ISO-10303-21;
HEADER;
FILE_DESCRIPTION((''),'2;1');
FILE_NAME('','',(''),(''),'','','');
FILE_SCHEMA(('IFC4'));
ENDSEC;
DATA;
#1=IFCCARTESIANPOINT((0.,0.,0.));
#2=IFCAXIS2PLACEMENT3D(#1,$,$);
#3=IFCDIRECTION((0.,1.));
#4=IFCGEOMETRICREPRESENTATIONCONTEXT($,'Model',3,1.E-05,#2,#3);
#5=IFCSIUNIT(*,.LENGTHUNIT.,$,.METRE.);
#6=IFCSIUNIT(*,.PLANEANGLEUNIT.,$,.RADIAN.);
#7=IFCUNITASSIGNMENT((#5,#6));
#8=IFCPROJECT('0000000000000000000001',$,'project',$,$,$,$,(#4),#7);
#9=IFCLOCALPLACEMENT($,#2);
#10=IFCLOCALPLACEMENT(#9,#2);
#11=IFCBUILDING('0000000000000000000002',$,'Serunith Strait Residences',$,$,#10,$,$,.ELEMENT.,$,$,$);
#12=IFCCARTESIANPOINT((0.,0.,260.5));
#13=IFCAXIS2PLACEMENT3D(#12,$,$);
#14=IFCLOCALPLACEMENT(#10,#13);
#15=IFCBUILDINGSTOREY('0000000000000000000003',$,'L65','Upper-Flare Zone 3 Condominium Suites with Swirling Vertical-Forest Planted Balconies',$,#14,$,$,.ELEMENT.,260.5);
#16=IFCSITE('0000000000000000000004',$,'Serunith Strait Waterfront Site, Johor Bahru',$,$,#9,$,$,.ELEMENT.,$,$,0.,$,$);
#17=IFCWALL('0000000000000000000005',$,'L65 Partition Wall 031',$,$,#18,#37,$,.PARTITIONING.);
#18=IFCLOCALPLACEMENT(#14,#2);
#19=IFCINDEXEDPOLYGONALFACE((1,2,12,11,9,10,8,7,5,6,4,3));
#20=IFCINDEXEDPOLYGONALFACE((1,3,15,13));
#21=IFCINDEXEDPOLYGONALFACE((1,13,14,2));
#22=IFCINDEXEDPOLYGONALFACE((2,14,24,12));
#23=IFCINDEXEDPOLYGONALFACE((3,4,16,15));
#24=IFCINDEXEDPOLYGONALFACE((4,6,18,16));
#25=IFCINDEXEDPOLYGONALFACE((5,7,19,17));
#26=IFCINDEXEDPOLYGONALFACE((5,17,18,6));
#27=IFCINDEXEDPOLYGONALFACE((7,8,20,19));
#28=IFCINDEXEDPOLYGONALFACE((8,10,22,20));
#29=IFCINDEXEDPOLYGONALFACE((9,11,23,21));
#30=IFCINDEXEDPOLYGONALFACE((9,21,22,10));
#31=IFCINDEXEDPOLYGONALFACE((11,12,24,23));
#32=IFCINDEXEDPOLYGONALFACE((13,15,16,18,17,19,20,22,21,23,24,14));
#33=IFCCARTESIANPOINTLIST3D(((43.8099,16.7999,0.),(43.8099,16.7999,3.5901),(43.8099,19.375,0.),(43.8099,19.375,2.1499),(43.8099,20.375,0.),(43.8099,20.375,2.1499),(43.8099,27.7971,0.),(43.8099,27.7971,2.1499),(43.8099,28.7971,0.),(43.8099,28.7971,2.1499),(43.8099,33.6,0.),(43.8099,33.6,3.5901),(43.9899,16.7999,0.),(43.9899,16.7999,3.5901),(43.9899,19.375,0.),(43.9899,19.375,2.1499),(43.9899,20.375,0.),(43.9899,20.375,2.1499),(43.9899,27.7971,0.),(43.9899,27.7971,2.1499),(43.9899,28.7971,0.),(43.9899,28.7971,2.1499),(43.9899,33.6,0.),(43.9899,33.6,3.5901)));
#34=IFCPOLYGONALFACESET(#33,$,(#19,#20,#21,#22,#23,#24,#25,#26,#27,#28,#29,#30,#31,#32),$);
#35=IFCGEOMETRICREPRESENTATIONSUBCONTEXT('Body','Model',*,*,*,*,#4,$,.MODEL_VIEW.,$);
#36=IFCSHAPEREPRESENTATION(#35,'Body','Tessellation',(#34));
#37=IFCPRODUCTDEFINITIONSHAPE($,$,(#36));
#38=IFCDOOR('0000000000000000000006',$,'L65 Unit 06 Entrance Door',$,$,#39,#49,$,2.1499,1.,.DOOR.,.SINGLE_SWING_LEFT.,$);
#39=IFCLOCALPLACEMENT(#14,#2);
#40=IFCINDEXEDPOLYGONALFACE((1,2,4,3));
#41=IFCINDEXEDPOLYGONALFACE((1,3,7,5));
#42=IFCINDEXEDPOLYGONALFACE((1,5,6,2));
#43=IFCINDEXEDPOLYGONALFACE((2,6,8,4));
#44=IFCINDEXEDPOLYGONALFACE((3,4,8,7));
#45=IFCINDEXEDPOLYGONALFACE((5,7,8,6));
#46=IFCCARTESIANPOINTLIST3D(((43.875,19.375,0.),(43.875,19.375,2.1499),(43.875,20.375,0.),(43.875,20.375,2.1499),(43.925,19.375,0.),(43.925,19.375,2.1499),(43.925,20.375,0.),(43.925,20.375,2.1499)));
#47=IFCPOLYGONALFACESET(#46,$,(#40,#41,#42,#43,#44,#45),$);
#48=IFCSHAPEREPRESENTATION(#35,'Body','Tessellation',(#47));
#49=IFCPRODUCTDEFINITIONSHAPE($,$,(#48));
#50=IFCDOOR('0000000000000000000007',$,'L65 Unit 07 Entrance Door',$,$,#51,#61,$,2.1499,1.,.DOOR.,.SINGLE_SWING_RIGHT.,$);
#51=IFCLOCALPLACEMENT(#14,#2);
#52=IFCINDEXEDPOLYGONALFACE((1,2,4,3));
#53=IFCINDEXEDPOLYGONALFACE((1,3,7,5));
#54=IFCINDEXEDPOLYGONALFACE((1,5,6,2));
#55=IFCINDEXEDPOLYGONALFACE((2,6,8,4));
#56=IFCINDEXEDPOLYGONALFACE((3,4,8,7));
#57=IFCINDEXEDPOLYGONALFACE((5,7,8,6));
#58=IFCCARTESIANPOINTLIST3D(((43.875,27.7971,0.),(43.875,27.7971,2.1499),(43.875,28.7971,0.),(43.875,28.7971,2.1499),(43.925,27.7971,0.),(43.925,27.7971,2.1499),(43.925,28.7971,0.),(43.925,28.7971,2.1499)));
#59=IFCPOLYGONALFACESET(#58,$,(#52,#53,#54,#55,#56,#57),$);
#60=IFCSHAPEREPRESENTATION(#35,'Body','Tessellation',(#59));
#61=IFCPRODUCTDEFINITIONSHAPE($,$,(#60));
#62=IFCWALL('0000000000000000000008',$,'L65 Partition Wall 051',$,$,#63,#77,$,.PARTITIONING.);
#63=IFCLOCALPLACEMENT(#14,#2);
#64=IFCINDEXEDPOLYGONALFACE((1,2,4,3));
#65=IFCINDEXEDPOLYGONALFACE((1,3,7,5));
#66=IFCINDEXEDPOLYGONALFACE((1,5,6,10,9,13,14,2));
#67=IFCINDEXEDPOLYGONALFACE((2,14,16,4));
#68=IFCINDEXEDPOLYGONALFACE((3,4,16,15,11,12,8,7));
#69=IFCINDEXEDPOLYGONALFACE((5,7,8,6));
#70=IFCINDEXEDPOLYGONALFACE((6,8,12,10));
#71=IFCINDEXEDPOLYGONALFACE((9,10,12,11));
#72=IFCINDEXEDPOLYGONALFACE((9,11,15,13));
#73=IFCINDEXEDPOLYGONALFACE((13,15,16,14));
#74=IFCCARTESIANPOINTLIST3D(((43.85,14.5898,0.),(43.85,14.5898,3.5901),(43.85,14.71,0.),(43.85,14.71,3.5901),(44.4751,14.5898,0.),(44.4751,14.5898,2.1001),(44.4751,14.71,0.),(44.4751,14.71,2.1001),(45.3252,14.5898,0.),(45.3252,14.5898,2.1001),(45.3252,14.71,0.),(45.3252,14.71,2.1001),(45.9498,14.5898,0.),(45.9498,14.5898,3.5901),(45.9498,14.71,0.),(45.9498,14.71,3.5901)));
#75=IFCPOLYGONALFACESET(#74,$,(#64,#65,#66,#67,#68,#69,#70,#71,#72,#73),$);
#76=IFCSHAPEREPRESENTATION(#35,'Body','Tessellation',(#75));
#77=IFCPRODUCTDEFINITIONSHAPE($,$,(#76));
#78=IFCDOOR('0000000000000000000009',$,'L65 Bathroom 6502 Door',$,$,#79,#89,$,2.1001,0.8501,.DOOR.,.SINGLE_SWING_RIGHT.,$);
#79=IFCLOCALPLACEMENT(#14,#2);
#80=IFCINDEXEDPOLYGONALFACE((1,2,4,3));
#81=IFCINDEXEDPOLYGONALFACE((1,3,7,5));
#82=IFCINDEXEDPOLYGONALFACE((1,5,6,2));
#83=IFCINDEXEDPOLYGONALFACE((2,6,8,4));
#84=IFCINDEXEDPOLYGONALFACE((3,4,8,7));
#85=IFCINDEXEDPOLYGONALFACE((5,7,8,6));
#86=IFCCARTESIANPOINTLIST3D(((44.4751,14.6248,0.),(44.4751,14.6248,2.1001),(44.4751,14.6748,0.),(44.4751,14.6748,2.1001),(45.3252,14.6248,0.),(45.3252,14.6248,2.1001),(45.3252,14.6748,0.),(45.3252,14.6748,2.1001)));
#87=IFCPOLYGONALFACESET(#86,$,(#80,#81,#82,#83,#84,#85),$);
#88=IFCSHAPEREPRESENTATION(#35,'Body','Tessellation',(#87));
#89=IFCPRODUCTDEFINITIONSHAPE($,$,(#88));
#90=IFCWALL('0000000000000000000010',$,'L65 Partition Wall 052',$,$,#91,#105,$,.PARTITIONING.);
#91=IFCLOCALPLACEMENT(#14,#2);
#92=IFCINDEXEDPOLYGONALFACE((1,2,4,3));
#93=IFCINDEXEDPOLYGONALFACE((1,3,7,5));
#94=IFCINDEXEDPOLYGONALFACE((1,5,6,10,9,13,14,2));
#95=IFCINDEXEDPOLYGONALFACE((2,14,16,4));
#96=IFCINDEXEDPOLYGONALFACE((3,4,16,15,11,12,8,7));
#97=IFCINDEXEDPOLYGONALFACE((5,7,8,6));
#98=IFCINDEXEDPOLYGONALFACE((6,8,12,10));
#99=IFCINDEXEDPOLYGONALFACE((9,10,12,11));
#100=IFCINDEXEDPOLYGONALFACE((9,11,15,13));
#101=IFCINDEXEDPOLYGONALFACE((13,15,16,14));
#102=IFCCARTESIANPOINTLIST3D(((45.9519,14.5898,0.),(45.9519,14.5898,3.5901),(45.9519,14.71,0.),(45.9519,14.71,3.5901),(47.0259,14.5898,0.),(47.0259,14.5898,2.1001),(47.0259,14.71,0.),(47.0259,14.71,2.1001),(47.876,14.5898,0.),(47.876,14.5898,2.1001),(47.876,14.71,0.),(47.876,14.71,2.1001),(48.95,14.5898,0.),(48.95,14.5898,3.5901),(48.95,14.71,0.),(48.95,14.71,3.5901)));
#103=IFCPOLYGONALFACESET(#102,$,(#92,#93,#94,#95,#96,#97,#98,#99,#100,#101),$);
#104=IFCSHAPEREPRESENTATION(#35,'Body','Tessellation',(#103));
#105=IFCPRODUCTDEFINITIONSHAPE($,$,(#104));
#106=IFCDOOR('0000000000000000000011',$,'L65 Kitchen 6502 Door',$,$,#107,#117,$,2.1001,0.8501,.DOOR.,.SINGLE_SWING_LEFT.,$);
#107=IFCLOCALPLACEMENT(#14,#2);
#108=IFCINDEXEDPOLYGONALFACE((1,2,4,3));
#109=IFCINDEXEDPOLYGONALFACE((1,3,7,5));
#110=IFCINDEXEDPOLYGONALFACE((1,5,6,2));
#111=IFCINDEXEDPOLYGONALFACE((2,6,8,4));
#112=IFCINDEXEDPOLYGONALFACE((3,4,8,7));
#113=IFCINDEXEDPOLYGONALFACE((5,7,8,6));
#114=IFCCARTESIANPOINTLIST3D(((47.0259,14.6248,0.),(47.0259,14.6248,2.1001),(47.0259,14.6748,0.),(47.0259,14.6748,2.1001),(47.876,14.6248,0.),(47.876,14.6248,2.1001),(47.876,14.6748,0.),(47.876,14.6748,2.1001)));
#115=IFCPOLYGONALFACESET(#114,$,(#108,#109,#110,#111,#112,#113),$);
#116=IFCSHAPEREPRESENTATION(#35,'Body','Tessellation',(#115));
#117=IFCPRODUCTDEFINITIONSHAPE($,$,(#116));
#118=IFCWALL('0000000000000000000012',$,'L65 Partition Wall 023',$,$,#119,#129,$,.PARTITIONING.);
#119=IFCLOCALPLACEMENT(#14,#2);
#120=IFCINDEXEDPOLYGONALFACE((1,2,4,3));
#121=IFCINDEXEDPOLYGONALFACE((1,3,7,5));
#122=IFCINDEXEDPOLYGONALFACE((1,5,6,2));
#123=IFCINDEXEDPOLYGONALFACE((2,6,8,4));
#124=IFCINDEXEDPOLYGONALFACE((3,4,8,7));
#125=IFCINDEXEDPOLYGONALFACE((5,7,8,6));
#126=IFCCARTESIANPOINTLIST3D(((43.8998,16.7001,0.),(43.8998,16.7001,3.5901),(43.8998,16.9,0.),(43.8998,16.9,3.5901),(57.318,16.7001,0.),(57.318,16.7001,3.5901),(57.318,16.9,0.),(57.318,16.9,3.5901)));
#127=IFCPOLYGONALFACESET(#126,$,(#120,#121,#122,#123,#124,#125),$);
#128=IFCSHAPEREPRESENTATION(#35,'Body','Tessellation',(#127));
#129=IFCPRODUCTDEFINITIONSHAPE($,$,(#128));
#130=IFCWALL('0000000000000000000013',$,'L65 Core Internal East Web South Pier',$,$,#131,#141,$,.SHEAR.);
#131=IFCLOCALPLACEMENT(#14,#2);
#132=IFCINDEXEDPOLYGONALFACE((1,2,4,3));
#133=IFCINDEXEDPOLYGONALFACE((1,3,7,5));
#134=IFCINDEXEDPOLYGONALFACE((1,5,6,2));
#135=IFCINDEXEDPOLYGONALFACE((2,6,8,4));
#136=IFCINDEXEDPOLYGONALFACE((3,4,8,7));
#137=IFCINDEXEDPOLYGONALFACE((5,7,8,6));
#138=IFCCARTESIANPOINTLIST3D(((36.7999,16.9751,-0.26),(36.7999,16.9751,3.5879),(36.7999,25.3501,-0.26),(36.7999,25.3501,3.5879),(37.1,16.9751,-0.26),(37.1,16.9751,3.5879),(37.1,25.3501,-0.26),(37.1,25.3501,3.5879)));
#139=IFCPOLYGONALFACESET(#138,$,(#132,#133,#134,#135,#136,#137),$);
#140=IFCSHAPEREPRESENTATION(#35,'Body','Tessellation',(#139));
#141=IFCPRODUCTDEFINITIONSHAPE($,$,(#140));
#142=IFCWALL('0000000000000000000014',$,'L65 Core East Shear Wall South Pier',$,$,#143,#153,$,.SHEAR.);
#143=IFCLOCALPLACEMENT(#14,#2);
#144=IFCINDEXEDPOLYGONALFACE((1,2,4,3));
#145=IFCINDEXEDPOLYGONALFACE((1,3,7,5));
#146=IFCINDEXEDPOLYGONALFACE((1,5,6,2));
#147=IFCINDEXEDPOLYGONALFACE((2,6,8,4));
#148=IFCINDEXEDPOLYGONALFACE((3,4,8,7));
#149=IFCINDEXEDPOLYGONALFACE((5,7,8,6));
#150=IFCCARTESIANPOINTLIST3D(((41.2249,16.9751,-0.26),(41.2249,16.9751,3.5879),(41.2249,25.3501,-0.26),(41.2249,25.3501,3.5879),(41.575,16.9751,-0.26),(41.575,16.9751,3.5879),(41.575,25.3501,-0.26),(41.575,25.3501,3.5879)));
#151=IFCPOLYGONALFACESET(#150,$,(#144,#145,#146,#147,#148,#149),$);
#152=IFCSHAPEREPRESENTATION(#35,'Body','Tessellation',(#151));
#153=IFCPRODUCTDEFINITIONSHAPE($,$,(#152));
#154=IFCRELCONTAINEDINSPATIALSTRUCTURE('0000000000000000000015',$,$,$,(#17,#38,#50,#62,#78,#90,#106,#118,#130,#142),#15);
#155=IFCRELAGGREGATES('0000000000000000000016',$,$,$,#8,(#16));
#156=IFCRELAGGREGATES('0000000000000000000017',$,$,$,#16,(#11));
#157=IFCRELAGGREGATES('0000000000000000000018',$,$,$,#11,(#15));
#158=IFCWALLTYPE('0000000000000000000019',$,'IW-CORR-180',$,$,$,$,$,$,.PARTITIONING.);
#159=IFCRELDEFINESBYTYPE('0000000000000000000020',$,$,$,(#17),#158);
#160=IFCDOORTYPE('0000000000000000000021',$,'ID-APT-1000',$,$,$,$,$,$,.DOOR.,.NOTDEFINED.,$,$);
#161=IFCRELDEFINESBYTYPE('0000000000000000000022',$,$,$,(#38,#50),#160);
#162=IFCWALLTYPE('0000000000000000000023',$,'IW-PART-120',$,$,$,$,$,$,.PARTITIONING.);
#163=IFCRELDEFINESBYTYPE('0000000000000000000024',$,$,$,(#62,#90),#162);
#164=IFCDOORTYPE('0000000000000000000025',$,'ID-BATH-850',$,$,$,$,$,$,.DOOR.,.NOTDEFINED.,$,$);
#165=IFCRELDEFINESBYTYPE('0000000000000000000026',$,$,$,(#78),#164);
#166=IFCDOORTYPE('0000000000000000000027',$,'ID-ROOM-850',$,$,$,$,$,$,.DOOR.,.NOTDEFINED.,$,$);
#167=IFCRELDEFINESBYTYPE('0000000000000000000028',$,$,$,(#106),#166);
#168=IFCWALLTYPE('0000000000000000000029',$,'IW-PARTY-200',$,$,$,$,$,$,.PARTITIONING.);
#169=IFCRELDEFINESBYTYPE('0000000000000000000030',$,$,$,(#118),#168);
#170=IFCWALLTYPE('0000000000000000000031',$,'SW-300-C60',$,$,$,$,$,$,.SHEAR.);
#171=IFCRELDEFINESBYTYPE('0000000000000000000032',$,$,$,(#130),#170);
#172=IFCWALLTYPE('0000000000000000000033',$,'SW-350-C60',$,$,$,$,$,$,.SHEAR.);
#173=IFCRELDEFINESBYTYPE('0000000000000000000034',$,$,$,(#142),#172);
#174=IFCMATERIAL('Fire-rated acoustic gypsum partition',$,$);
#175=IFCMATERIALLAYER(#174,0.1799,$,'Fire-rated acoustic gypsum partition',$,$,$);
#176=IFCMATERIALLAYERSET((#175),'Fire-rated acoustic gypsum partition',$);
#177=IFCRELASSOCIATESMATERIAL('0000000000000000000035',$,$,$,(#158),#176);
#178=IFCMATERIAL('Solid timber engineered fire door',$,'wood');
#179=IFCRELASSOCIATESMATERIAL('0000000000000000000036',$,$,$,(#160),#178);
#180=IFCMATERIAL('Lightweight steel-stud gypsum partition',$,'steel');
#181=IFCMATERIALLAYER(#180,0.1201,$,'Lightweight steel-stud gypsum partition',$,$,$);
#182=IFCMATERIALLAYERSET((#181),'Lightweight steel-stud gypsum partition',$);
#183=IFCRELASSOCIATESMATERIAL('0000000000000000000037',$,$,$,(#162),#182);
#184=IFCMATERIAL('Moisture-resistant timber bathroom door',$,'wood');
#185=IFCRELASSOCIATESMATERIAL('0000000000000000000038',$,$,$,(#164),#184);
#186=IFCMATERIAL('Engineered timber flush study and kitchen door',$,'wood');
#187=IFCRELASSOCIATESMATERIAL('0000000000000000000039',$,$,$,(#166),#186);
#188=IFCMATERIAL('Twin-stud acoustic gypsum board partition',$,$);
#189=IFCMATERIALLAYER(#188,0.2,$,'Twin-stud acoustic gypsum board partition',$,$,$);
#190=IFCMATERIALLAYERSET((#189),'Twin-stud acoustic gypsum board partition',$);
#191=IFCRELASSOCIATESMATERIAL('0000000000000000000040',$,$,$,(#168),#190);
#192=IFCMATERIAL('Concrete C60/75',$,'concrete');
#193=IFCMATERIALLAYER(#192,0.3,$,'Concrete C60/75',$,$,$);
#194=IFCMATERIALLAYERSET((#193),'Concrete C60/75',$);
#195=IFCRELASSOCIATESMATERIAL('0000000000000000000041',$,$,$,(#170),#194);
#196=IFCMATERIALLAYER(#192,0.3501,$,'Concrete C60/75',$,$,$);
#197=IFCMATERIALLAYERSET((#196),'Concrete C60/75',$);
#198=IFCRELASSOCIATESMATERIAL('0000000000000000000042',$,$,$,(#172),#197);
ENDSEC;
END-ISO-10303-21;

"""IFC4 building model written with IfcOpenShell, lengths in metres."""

from ifc_helpers import new_model, si_unit, direction, frame, frame_2d, origin, place, context, subcontext, project, spatial, rectangle, extrude, source, transform, mapped, material, layer, layer_set, type_object, element, fill, save


model = new_model("IFC4")

# Units and contexts
model_context = context("Model", 3, precision=1e-05, world=origin(), true_north=direction((0.0, 1.0)))
body_context = subcontext(model_context, "Body", "Model", "MODEL_VIEW")
ifc_project = project(units=[si_unit("LENGTHUNIT", "METRE"), si_unit("PLANEANGLEUNIT", "RADIAN")], contexts=[model_context])

# Site, building, storey
site_placement = place(None, origin())
site = spatial("IfcSite", under=ifc_project, at=site_placement, Name="Serunith Strait Waterfront Site, Johor Bahru", CompositionType="ELEMENT", RefElevation=0.0)
building_placement = place(site_placement, origin())
building = spatial("IfcBuilding", under=site, at=building_placement, Name="Serunith Strait Residences", CompositionType="ELEMENT")
storey_placement = place(building_placement, frame((0.0, 0.0, 260.5)))
storey = spatial("IfcBuildingStorey", under=building, at=storey_placement, Name="L65", Description="Upper-Flare Zone 3 Condominium Suites with Swirling Vertical-Forest Planted Balconies", CompositionType="ELEMENT", Elevation=260.5)

# Shared definitions
ifc_material_1 = material(Name="Concrete C60/75", Category="concrete")

# Shared definitions
ifc_material_2 = material(Name="Fire-rated acoustic gypsum partition")
ifc_layer_1 = layer(ifc_material_2, 0.1799, Name="Fire-rated acoustic gypsum partition")
ifc_layer_set_1 = layer_set([ifc_layer_1], Name="Fire-rated acoustic gypsum partition")
wall_type_1 = type_object("IfcWallType", Name="IW-CORR-180", PredefinedType="PARTITIONING", material=ifc_layer_set_1)
ifc_material_3 = material(Name="Solid timber engineered fire door", Category="wood")
door_type_1 = type_object("IfcDoorType", Name="ID-APT-1000", OperationType="NOTDEFINED", PredefinedType="DOOR", material=ifc_material_3)
shared_shape_1 = source(origin(), body_context, "Body", "SweptSolid", [
    extrude(rectangle(XDim=1.0, YDim=2.1499, at=frame_2d((0.5, 1.075))), frame((0.0, 0.0249, 0.0), z_axis=(0.0, -1.0, 0.0), x_axis=(1.0, 0.0, 0.0)), (0.0, 0.0, 1.0), 0.05),
])

# Wall, openings, doors
wall_1_placement = place(storey_placement, frame((43.8999, 16.8, 0.0), z_axis=(0.0, 0.0, 1.0), x_axis=(0.0, 1.0, 0.0)))
wall_1 = element("IfcWall", 1, at=wall_1_placement, inside=storey, type_object=wall_type_1, Name="L65 Partition Wall 031", PredefinedType="PARTITIONING", context=body_context, shape_type="SweptSolid", body=[
    extrude(rectangle(XDim=16.8, YDim=0.1799, at=frame_2d((8.3999, 0.0))), origin(), (0.0, 0.0, 1.0), 3.5901),
])
opening_1_placement = place(wall_1_placement, frame((2.575, 0.0, 0.0)))
opening_1 = element("IfcOpeningElement", 2, at=opening_1_placement, cuts=wall_1, PredefinedType="OPENING", context=body_context, shape_type="SweptSolid", body=[
    extrude(rectangle(XDim=1.0, YDim=2.1499, at=frame_2d((0.5, 1.075))), frame((0.0, 0.1001, 0.0), z_axis=(0.0, -1.0, 0.0), x_axis=(1.0, 0.0, 0.0)), (0.0, 0.0, 1.0), 0.2),
])
opening_2_placement = place(wall_1_placement, frame((10.9971, 0.0, 0.0)))
opening_2 = element("IfcOpeningElement", 3, at=opening_2_placement, cuts=wall_1, PredefinedType="OPENING", context=body_context, shape_type="SweptSolid", body=[
    extrude(rectangle(XDim=1.0, YDim=2.1499, at=frame_2d((0.5, 1.075))), frame((0.0, 0.1001, 0.0), z_axis=(0.0, -1.0, 0.0), x_axis=(1.0, 0.0, 0.0)), (0.0, 0.0, 1.0), 0.2),
])
door_1_placement = place(opening_1_placement, origin())
door_1 = element("IfcDoor", 4, at=door_1_placement, inside=storey, type_object=door_type_1, Name="L65 Unit 06 Entrance Door", OperationType="SINGLE_SWING_LEFT", OverallHeight=2.1499, OverallWidth=1.0, PredefinedType="DOOR", context=body_context, shape_type="MappedRepresentation", body=[
    mapped(shared_shape_1, transform((0.0, 0.0, 0.0), scale=1.0)),
])
fill(opening_1, door_1)
door_2_placement = place(opening_2_placement, origin())
door_2 = element("IfcDoor", 5, at=door_2_placement, inside=storey, type_object=door_type_1, Name="L65 Unit 07 Entrance Door", OperationType="SINGLE_SWING_RIGHT", OverallHeight=2.1499, OverallWidth=1.0, PredefinedType="DOOR", context=body_context, shape_type="MappedRepresentation", body=[
    mapped(shared_shape_1, transform((0.0, 0.0, 0.0), scale=1.0)),
])
fill(opening_2, door_2)

# Walls, openings, doors
ifc_material_4 = material(Name="Lightweight steel-stud gypsum partition", Category="steel")
ifc_layer_2 = layer(ifc_material_4, 0.1201, Name="Lightweight steel-stud gypsum partition")
ifc_layer_set_2 = layer_set([ifc_layer_2], Name="Lightweight steel-stud gypsum partition")
wall_type_2 = type_object("IfcWallType", Name="IW-PART-120", PredefinedType="PARTITIONING", material=ifc_layer_set_2)
wall_2_placement = place(storey_placement, frame((43.8501, 14.6499, 0.0), z_axis=(0.0, 0.0, 1.0), x_axis=(1.0, 0.0, 0.0)))
wall_2 = element("IfcWall", 6, at=wall_2_placement, inside=storey, type_object=wall_type_2, Name="L65 Partition Wall 051", PredefinedType="PARTITIONING", context=body_context, shape_type="SweptSolid", body=[
    extrude(rectangle(XDim=2.0999, YDim=0.1201, at=frame_2d((1.0498, 0.0))), origin(), (0.0, 0.0, 1.0), 3.5901),
])
opening_3_placement = place(wall_2_placement, frame((0.625, 0.0, 0.0)))
opening_3 = element("IfcOpeningElement", 7, at=opening_3_placement, cuts=wall_2, PredefinedType="OPENING", context=body_context, shape_type="SweptSolid", body=[
    extrude(rectangle(XDim=0.8501, YDim=2.1001, at=frame_2d((0.425, 1.05))), frame((0.0, 0.0701, 0.0), z_axis=(0.0, -1.0, 0.0), x_axis=(1.0, 0.0, 0.0)), (0.0, 0.0, 1.0), 0.1401),
])
ifc_material_5 = material(Name="Moisture-resistant timber bathroom door", Category="wood")
door_type_2 = type_object("IfcDoorType", Name="ID-BATH-850", OperationType="NOTDEFINED", PredefinedType="DOOR", material=ifc_material_5)
shared_shape_2 = source(origin(), body_context, "Body", "SweptSolid", [
    extrude(rectangle(XDim=0.8501, YDim=2.1001, at=frame_2d((0.425, 1.05))), frame((0.0, 0.0249, 0.0), z_axis=(0.0, -1.0, 0.0), x_axis=(1.0, 0.0, 0.0)), (0.0, 0.0, 1.0), 0.05),
])
door_3_placement = place(opening_3_placement, origin())
door_3 = element("IfcDoor", 8, at=door_3_placement, inside=storey, type_object=door_type_2, Name="L65 Bathroom 6502 Door", OperationType="SINGLE_SWING_RIGHT", OverallHeight=2.1001, OverallWidth=0.8501, PredefinedType="DOOR", context=body_context, shape_type="MappedRepresentation", body=[
    mapped(shared_shape_2, transform((0.0, 0.0, 0.0), scale=1.0)),
])
fill(opening_3, door_3)
wall_3_placement = place(storey_placement, frame((45.9519, 14.6499, 0.0), z_axis=(0.0, 0.0, 1.0), x_axis=(1.0, 0.0, 0.0)))
wall_3 = element("IfcWall", 9, at=wall_3_placement, inside=storey, type_object=wall_type_2, Name="L65 Partition Wall 052", PredefinedType="PARTITIONING", context=body_context, shape_type="SweptSolid", body=[
    extrude(rectangle(XDim=2.998, YDim=0.1201, at=frame_2d((1.499, 0.0))), origin(), (0.0, 0.0, 1.0), 3.5901),
])
opening_4_placement = place(wall_3_placement, frame((1.074, 0.0, 0.0)))
opening_4 = element("IfcOpeningElement", 10, at=opening_4_placement, cuts=wall_3, PredefinedType="OPENING", context=body_context, shape_type="SweptSolid", body=[
    extrude(rectangle(XDim=0.8501, YDim=2.1001, at=frame_2d((0.425, 1.05))), frame((0.0, 0.0701, 0.0), z_axis=(0.0, -1.0, 0.0), x_axis=(1.0, 0.0, 0.0)), (0.0, 0.0, 1.0), 0.1401),
])
ifc_material_6 = material(Name="Engineered timber flush study and kitchen door", Category="wood")
door_type_3 = type_object("IfcDoorType", Name="ID-ROOM-850", OperationType="NOTDEFINED", PredefinedType="DOOR", material=ifc_material_6)
door_4_placement = place(opening_4_placement, origin())
door_4 = element("IfcDoor", 11, at=door_4_placement, inside=storey, type_object=door_type_3, Name="L65 Kitchen 6502 Door", OperationType="SINGLE_SWING_LEFT", OverallHeight=2.1001, OverallWidth=0.8501, PredefinedType="DOOR", context=body_context, shape_type="MappedRepresentation", body=[
    mapped(shared_shape_2, transform((0.0, 0.0, 0.0), scale=1.0)),
])
fill(opening_4, door_4)

# Walls
ifc_material_7 = material(Name="Twin-stud acoustic gypsum board partition")
ifc_layer_3 = layer(ifc_material_7, 0.2, Name="Twin-stud acoustic gypsum board partition")
ifc_layer_set_3 = layer_set([ifc_layer_3], Name="Twin-stud acoustic gypsum board partition")
wall_type_3 = type_object("IfcWallType", Name="IW-PARTY-200", PredefinedType="PARTITIONING", material=ifc_layer_set_3)
wall_4_placement = place(storey_placement, frame((43.8999, 16.8, 0.0), z_axis=(0.0, 0.0, 1.0), x_axis=(1.0, 0.0, 0.0)))
element("IfcWall", 12, at=wall_4_placement, inside=storey, type_object=wall_type_3, Name="L65 Partition Wall 023", PredefinedType="PARTITIONING", context=body_context, shape_type="SweptSolid", body=[
    extrude(rectangle(XDim=13.4182, YDim=0.2, at=frame_2d((6.709, 0.0))), origin(), (0.0, 0.0, 1.0), 3.5901),
])
ifc_layer_4 = layer(ifc_material_1, 0.3, Name="Concrete C60/75")
ifc_layer_set_4 = layer_set([ifc_layer_4], Name="Concrete C60/75")
wall_type_4 = type_object("IfcWallType", Name="SW-300-C60", PredefinedType="SHEAR", material=ifc_layer_set_4)
wall_5_placement = place(storey_placement, frame((36.95, 16.9751, -0.26), z_axis=(0.0, 0.0, 1.0), x_axis=(0.0, 1.0, 0.0)))
element("IfcWall", 13, at=wall_5_placement, inside=storey, type_object=wall_type_4, Name="L65 Core Internal East Web South Pier", PredefinedType="SHEAR", context=body_context, shape_type="SweptSolid", body=[
    extrude(rectangle(XDim=8.375, YDim=0.3, at=frame_2d((4.1875, 0.0))), origin(), (0.0, 0.0, 1.0), 3.8479),
])
ifc_layer_5 = layer(ifc_material_1, 0.3501, Name="Concrete C60/75")
ifc_layer_set_5 = layer_set([ifc_layer_5], Name="Concrete C60/75")
wall_type_5 = type_object("IfcWallType", Name="SW-350-C60", PredefinedType="SHEAR", material=ifc_layer_set_5)
wall_6_placement = place(storey_placement, frame((41.3999, 16.9751, -0.26), z_axis=(0.0, 0.0, 1.0), x_axis=(0.0, 1.0, 0.0)))
element("IfcWall", 14, at=wall_6_placement, inside=storey, type_object=wall_type_5, Name="L65 Core East Shear Wall South Pier", PredefinedType="SHEAR", context=body_context, shape_type="SweptSolid", body=[
    extrude(rectangle(XDim=8.375, YDim=0.3501, at=frame_2d((4.1875, 0.0))), origin(), (0.0, 0.0, 1.0), 3.8479),
])

save(model, "model.ifc")
